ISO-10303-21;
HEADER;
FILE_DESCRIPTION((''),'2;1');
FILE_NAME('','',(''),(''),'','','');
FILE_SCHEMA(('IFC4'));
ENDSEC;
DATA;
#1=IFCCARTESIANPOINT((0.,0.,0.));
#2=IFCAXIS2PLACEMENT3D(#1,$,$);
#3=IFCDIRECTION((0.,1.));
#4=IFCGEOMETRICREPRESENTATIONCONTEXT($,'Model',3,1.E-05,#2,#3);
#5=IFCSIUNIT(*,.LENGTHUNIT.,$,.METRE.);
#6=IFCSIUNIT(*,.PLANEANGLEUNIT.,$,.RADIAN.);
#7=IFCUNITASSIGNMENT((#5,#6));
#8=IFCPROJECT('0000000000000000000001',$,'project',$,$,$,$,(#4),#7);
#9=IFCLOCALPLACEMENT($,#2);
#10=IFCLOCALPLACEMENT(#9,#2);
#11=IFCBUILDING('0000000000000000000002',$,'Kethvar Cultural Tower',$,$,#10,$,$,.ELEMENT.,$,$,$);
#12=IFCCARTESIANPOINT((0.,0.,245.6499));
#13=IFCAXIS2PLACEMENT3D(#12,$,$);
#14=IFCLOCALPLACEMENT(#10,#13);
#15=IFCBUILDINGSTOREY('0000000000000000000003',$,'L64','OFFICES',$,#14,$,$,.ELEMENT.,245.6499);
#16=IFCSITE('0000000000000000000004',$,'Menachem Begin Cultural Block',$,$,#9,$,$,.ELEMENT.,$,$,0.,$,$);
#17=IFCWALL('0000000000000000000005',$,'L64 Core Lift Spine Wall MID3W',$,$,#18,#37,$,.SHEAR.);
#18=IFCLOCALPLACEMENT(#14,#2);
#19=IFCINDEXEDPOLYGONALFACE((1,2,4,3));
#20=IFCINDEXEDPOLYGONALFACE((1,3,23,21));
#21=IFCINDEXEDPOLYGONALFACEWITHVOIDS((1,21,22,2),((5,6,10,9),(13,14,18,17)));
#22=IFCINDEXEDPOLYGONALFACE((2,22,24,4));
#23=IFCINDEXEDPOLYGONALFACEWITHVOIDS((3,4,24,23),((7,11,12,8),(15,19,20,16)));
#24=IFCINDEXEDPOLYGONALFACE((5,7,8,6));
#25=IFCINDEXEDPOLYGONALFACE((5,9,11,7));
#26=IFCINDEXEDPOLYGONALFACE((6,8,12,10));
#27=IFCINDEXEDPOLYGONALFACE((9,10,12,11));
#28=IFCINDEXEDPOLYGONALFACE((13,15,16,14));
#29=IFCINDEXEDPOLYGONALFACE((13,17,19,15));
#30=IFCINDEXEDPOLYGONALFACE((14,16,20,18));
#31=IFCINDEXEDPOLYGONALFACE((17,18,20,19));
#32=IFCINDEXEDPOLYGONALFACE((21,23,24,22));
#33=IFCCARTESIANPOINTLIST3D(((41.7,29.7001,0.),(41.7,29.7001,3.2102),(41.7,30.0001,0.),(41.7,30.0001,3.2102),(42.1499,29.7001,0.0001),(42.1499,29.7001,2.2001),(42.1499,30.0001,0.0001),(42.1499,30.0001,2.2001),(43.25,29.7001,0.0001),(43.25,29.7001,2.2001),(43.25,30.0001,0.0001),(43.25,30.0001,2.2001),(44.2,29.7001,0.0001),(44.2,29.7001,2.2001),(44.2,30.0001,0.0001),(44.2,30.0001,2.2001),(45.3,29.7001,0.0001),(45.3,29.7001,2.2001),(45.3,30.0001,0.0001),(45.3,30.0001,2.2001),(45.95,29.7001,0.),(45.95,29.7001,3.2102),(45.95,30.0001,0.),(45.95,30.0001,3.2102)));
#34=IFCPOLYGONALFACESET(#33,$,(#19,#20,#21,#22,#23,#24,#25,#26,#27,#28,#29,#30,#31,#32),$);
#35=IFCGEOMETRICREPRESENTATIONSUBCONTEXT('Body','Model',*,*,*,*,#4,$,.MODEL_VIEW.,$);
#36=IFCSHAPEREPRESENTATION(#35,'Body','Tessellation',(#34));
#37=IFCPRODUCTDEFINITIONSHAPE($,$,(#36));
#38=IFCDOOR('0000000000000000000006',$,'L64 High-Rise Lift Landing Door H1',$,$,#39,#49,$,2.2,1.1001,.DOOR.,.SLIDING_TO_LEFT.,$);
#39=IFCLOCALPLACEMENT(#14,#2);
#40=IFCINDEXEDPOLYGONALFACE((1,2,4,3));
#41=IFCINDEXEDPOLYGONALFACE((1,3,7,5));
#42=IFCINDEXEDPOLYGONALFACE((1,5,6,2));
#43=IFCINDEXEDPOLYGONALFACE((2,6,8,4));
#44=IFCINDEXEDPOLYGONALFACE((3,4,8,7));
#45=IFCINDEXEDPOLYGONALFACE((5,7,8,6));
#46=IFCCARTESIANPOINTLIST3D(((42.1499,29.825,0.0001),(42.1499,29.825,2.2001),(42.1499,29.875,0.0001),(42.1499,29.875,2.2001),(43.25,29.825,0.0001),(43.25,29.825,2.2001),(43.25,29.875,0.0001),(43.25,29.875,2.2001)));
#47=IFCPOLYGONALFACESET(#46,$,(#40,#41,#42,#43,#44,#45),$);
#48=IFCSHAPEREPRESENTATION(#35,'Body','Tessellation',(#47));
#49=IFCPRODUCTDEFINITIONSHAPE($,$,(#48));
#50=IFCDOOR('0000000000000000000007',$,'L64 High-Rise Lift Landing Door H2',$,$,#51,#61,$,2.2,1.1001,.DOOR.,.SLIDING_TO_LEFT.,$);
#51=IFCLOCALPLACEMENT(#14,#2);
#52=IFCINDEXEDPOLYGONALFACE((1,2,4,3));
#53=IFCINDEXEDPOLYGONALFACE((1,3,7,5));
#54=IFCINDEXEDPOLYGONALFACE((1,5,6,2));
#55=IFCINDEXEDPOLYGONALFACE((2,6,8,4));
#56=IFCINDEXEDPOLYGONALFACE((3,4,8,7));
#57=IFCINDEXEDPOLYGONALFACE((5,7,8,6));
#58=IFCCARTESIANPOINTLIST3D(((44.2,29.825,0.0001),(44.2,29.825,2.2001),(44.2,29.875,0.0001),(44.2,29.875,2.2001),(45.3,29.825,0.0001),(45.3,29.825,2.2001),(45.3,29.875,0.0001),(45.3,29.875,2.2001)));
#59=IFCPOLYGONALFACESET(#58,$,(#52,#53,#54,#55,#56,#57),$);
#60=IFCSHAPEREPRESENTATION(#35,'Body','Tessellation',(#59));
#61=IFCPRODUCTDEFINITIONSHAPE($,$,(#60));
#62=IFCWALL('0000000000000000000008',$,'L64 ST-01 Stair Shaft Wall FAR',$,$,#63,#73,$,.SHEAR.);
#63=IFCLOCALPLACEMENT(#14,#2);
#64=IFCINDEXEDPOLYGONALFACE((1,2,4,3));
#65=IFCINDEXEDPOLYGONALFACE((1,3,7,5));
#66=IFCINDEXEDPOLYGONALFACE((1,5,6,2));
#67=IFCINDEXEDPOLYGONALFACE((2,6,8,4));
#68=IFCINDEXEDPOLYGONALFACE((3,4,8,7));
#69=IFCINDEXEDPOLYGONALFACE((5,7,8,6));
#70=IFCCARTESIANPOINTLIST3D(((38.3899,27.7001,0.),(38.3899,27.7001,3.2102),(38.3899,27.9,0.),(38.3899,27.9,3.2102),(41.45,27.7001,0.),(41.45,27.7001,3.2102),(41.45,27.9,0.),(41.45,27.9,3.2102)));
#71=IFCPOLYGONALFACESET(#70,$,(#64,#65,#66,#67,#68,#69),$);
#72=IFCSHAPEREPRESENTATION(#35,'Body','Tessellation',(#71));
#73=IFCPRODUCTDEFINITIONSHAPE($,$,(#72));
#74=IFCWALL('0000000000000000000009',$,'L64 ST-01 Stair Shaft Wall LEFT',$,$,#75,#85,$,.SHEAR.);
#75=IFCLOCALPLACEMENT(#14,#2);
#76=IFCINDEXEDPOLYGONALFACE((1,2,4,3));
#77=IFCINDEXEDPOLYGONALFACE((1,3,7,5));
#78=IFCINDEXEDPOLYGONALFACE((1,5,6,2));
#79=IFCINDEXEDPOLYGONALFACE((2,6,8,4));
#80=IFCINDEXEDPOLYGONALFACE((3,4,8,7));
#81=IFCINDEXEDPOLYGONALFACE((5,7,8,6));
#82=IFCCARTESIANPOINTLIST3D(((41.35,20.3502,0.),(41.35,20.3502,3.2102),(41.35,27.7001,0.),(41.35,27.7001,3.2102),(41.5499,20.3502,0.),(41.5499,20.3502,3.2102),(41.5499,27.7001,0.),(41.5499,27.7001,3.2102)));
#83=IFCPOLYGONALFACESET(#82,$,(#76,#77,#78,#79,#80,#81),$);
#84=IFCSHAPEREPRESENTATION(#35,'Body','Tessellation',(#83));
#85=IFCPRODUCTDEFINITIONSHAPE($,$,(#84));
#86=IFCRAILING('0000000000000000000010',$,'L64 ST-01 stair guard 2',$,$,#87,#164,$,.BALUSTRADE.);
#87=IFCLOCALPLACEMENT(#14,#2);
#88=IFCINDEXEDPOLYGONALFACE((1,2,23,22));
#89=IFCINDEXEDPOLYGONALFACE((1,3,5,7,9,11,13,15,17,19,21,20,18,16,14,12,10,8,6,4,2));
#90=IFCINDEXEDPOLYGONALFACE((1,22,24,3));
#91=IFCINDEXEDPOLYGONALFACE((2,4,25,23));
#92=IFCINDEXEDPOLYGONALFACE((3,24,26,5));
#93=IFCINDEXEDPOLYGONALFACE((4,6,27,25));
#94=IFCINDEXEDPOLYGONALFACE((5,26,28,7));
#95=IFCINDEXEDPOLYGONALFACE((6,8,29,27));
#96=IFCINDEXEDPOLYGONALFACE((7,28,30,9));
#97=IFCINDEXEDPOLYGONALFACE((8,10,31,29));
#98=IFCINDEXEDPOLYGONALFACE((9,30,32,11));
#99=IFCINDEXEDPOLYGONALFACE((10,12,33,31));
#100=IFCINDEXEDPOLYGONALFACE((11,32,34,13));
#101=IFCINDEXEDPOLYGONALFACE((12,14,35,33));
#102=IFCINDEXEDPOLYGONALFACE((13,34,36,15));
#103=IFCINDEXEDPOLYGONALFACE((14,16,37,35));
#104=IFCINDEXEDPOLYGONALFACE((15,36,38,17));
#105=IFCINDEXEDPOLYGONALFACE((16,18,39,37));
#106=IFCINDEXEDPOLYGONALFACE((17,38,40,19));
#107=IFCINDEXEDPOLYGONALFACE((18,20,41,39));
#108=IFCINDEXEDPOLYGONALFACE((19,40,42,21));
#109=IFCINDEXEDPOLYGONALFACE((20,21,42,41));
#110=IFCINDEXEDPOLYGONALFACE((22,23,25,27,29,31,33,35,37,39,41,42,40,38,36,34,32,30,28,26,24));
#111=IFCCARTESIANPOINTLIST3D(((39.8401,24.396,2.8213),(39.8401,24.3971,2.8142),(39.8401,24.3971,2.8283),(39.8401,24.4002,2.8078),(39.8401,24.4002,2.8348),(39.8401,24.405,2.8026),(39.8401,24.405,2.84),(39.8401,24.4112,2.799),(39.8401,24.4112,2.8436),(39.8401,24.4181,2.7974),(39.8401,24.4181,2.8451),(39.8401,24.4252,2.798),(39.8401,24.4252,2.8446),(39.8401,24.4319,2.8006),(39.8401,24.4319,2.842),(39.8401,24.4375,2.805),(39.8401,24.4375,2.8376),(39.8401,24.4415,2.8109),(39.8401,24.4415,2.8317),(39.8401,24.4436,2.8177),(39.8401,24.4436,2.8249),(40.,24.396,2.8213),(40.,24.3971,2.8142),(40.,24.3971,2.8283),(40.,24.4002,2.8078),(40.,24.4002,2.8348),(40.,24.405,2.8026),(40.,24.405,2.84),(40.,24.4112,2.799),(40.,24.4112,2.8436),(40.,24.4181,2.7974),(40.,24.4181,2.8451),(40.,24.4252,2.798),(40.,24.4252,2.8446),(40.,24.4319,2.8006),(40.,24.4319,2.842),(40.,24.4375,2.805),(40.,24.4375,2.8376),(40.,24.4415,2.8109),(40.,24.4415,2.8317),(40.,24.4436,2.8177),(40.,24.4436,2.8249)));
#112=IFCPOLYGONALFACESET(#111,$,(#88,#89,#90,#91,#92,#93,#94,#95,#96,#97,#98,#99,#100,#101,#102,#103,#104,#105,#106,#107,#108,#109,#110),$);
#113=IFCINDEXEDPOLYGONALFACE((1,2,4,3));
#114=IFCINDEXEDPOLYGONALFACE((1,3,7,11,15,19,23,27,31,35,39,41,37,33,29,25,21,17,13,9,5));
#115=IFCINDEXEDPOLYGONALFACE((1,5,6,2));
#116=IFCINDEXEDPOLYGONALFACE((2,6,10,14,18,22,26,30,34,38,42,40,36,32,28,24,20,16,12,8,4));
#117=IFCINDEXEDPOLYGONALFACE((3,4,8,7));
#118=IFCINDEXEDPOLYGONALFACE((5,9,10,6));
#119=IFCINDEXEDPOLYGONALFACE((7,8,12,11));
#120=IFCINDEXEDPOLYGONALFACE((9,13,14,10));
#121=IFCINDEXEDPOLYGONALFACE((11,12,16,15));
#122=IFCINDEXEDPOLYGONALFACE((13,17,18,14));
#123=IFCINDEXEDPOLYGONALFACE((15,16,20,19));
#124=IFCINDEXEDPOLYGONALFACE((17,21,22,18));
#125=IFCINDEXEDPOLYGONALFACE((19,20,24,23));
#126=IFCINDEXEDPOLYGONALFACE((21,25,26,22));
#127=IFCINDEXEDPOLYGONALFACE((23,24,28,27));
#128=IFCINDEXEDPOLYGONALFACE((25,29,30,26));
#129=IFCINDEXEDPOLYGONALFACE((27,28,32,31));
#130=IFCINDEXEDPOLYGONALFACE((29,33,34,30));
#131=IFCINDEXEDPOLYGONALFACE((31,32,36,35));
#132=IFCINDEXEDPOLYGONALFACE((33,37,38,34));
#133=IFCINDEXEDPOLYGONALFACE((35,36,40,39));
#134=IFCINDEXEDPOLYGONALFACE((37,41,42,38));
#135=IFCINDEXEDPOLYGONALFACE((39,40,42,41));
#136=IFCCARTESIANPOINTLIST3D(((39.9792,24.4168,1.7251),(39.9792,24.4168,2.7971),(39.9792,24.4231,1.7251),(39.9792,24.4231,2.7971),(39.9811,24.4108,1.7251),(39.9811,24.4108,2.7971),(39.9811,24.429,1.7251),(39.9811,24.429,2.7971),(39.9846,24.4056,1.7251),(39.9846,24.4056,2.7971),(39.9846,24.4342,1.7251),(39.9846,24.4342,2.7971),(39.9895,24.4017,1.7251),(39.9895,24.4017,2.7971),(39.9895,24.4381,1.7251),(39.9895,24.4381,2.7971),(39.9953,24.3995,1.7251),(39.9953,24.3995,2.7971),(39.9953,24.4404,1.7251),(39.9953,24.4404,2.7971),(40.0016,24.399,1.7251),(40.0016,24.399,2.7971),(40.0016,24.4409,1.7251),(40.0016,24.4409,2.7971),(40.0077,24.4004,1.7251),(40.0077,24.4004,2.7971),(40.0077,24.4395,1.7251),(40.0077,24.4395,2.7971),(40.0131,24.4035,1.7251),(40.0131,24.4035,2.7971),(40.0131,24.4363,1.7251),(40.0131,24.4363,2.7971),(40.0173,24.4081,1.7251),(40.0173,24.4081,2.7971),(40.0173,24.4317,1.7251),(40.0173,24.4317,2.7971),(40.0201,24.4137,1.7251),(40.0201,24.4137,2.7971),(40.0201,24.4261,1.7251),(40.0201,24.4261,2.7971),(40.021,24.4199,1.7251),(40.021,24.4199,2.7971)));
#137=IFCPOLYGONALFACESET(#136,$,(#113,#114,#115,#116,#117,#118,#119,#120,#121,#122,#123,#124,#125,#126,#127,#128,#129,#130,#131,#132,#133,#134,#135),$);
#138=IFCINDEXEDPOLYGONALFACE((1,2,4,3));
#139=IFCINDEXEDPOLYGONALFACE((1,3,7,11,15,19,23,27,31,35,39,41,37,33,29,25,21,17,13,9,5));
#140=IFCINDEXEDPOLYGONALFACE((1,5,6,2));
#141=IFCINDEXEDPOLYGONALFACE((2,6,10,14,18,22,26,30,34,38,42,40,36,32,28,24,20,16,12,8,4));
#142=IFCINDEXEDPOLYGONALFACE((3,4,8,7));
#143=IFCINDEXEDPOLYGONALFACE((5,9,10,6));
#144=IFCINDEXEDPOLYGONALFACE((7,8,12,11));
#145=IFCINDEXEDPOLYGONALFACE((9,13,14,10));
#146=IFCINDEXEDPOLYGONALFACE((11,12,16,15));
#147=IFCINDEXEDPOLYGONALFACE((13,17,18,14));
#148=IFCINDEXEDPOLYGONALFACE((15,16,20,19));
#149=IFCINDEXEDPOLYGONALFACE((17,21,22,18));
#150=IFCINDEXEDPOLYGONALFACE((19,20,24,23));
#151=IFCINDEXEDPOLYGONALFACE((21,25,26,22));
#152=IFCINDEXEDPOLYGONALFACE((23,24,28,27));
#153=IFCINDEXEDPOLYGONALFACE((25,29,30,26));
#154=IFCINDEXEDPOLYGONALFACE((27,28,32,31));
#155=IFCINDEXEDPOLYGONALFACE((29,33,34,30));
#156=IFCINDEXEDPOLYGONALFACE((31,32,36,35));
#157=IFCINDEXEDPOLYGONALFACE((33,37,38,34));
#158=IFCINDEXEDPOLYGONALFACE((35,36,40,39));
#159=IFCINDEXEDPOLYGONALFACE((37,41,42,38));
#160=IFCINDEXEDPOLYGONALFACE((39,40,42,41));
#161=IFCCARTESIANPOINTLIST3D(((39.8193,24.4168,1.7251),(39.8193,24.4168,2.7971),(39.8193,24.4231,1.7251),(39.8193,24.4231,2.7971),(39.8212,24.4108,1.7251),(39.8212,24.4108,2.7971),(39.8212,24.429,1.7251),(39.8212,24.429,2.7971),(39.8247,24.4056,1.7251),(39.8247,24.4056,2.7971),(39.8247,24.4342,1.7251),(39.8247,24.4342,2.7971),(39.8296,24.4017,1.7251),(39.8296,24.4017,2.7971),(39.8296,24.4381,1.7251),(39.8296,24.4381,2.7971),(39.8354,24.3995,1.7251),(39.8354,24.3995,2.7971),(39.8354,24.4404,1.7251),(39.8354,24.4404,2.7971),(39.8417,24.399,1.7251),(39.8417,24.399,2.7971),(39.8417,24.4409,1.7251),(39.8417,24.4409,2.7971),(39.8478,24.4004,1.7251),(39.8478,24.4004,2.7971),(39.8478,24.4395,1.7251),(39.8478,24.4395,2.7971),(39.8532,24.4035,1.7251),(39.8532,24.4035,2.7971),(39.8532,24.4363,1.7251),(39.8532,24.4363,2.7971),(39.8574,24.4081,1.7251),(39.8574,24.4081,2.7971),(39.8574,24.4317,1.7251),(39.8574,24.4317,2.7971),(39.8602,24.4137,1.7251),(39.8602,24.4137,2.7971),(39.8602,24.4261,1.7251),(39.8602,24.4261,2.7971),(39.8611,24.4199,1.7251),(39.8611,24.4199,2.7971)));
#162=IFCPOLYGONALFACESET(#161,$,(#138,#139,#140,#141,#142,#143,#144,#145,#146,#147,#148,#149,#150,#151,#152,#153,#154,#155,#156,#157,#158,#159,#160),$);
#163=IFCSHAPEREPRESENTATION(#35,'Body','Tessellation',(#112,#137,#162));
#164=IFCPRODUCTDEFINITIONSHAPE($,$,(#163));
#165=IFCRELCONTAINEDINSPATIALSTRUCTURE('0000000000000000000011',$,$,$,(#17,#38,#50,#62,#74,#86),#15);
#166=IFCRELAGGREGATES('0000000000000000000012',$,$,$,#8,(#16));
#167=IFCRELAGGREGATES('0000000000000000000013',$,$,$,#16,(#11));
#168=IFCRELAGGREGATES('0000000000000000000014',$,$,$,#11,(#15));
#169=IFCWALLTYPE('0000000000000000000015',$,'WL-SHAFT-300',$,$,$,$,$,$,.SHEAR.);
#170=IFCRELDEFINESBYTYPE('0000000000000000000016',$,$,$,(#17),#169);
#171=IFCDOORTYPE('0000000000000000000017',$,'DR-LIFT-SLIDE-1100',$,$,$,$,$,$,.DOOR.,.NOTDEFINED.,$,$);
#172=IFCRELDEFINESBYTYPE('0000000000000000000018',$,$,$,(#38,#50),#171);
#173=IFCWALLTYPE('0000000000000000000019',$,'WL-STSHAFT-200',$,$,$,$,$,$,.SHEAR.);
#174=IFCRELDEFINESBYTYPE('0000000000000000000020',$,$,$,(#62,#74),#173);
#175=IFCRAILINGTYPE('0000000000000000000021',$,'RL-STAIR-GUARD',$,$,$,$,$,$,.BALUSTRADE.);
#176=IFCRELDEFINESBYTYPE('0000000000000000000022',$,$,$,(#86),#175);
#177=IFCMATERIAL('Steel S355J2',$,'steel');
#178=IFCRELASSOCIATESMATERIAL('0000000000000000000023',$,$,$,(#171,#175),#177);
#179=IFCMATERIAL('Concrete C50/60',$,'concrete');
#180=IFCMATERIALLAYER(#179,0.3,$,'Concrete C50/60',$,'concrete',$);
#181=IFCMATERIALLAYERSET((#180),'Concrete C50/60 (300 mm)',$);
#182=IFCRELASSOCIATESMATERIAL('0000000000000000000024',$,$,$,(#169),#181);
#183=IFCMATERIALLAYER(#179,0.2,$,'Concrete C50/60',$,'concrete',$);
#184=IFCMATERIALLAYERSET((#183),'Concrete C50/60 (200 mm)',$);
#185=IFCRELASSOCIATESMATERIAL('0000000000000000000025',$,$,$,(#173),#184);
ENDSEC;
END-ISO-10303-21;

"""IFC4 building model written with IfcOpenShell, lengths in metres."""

from ifc_helpers import new_model, si_unit, direction, frame, frame_2d, origin, origin_2d, place, context, subcontext, project, spatial, rectangle, circle, extrude, source, transform, mapped, material, layer, layer_set, type_object, element, fill, save


model = new_model("IFC4")

# Units and contexts
model_context = context("Model", 3, precision=1e-05, world=origin(), true_north=direction((0.0, 1.0)))
body_context = subcontext(model_context, "Body", "Model", "MODEL_VIEW")
ifc_project = project(units=[si_unit("LENGTHUNIT", "METRE"), si_unit("PLANEANGLEUNIT", "RADIAN")], contexts=[model_context])

# Site, building, storey
site_placement = place(None, origin())
site = spatial("IfcSite", under=ifc_project, at=site_placement, Name="Menachem Begin Cultural Block", CompositionType="ELEMENT", RefElevation=0.0)
building_placement = place(site_placement, origin())
building = spatial("IfcBuilding", under=site, at=building_placement, Name="Kethvar Cultural Tower", CompositionType="ELEMENT")
storey_placement = place(building_placement, frame((0.0, 0.0, 245.6499)))
storey = spatial("IfcBuildingStorey", under=building, at=storey_placement, Name="L64", Description="OFFICES", CompositionType="ELEMENT", Elevation=245.6499)

# Shared definitions
ifc_material_1 = material(Name="Steel S355J2", Category="steel")

# Shared definitions
ifc_material_2 = material(Name="Concrete C50/60", Category="concrete")
door_type_1 = type_object("IfcDoorType", Name="DR-LIFT-SLIDE-1100", OperationType="NOTDEFINED", PredefinedType="DOOR", material=ifc_material_1)
shared_shape_1 = source(origin(), body_context, "Body", "SweptSolid", [
    extrude(rectangle(XDim=1.1001, YDim=2.2, at=frame_2d((0.55, 1.1001))), frame((0.0, 0.0249, 0.0), z_axis=(0.0, -1.0, 0.0), x_axis=(1.0, 0.0, 0.0)), (0.0, 0.0, 1.0), 0.05),
])

# Shared definitions
ifc_layer_1 = layer(ifc_material_2, 0.3, Name="Concrete C50/60", Category="concrete")
ifc_layer_set_1 = layer_set([ifc_layer_1], Name="Concrete C50/60 (300 mm)")
wall_type_1 = type_object("IfcWallType", Name="WL-SHAFT-300", PredefinedType="SHEAR", material=ifc_layer_set_1)

# Wall, openings, doors
wall_1_placement = place(storey_placement, frame((41.7, 29.8501, 0.0), z_axis=(0.0, 0.0, 1.0), x_axis=(1.0, 0.0, 0.0)))
wall_1 = element("IfcWall", 1, at=wall_1_placement, inside=storey, type_object=wall_type_1, Name="L64 Core Lift Spine Wall MID3W", PredefinedType="SHEAR", context=body_context, shape_type="SweptSolid", body=[
    extrude(rectangle(XDim=4.25, YDim=0.3, at=frame_2d((2.125, 0.0))), origin(), (0.0, 0.0, 1.0), 3.2102),
])
opening_1_placement = place(wall_1_placement, frame((0.45, 0.0, 0.0)))
opening_1 = element("IfcOpeningElement", 2, at=opening_1_placement, cuts=wall_1, PredefinedType="OPENING", context=body_context, shape_type="SweptSolid", body=[
    extrude(rectangle(XDim=1.1001, YDim=2.2, at=frame_2d((0.55, 1.1001))), frame((0.0, 0.1599, 0.0), z_axis=(0.0, -1.0, 0.0), x_axis=(1.0, 0.0, 0.0)), (0.0, 0.0, 1.0), 0.3201),
])
opening_2_placement = place(wall_1_placement, frame((2.5, 0.0, 0.0)))
opening_2 = element("IfcOpeningElement", 3, at=opening_2_placement, cuts=wall_1, PredefinedType="OPENING", context=body_context, shape_type="SweptSolid", body=[
    extrude(rectangle(XDim=1.1001, YDim=2.2, at=frame_2d((0.55, 1.1001))), frame((0.0, 0.1599, 0.0), z_axis=(0.0, -1.0, 0.0), x_axis=(1.0, 0.0, 0.0)), (0.0, 0.0, 1.0), 0.3201),
])
door_1_placement = place(opening_1_placement, origin())
door_1 = element("IfcDoor", 4, at=door_1_placement, inside=storey, type_object=door_type_1, Name="L64 High-Rise Lift Landing Door H1", OperationType="SLIDING_TO_LEFT", OverallHeight=2.2, OverallWidth=1.1001, PredefinedType="DOOR", context=body_context, shape_type="MappedRepresentation", body=[
    mapped(shared_shape_1, transform((0.0, 0.0, 0.0), scale=1.0)),
])
fill(opening_1, door_1)
door_2_placement = place(opening_2_placement, origin())
door_2 = element("IfcDoor", 5, at=door_2_placement, inside=storey, type_object=door_type_1, Name="L64 High-Rise Lift Landing Door H2", OperationType="SLIDING_TO_LEFT", OverallHeight=2.2, OverallWidth=1.1001, PredefinedType="DOOR", context=body_context, shape_type="MappedRepresentation", body=[
    mapped(shared_shape_1, transform((0.0, 0.0, 0.0), scale=1.0)),
])
fill(opening_2, door_2)

# Walls
ifc_layer_2 = layer(ifc_material_2, 0.2, Name="Concrete C50/60", Category="concrete")
ifc_layer_set_2 = layer_set([ifc_layer_2], Name="Concrete C50/60 (200 mm)")
wall_type_2 = type_object("IfcWallType", Name="WL-STSHAFT-200", PredefinedType="SHEAR", material=ifc_layer_set_2)
wall_2_placement = place(storey_placement, frame((38.3899, 27.8, 0.0), z_axis=(0.0, 0.0, 1.0), x_axis=(1.0, 0.0, 0.0)))
element("IfcWall", 6, at=wall_2_placement, inside=storey, type_object=wall_type_2, Name="L64 ST-01 Stair Shaft Wall FAR", PredefinedType="SHEAR", context=body_context, shape_type="SweptSolid", body=[
    extrude(rectangle(XDim=3.0601, YDim=0.2, at=frame_2d((1.53, 0.0))), origin(), (0.0, 0.0, 1.0), 3.2102),
])
wall_3_placement = place(storey_placement, frame((41.45, 27.7, 0.0), z_axis=(0.0, 0.0, 1.0), x_axis=(0.0, -1.0, 0.0)))
element("IfcWall", 7, at=wall_3_placement, inside=storey, type_object=wall_type_2, Name="L64 ST-01 Stair Shaft Wall LEFT", PredefinedType="SHEAR", context=body_context, shape_type="SweptSolid", body=[
    extrude(rectangle(XDim=7.3499, YDim=0.2, at=frame_2d((3.6748, 0.0))), origin(), (0.0, 0.0, 1.0), 3.2102),
])

# Railing
railing_type = type_object("IfcRailingType", Name="RL-STAIR-GUARD", PredefinedType="BALUSTRADE", material=ifc_material_1)
railing_1_placement = place(storey_placement, frame((40.0, 24.4199, 1.7251)))
element("IfcRailing", 8, at=railing_1_placement, inside=storey, type_object=railing_type, Name="L64 ST-01 stair guard 2", PredefinedType="BALUSTRADE", context=body_context, shape_type="SweptSolid", body=[
    extrude(circle(Radius=0.0239, at=origin_2d()), frame((0.0, 0.0, 1.0962), z_axis=(-1.0, 0.0, 0.0), x_axis=(0.0, -1.0, 0.0)), (0.0, 0.0, 1.0), 0.1599),
    extrude(circle(Radius=0.021, at=origin_2d()), origin(), (0.0, 0.0, 1.0), 1.072),
    extrude(circle(Radius=0.021, at=origin_2d()), frame((-0.1599, 0.0, 0.0)), (0.0, 0.0, 1.0), 1.072),
])

save(model, "model.ifc")
